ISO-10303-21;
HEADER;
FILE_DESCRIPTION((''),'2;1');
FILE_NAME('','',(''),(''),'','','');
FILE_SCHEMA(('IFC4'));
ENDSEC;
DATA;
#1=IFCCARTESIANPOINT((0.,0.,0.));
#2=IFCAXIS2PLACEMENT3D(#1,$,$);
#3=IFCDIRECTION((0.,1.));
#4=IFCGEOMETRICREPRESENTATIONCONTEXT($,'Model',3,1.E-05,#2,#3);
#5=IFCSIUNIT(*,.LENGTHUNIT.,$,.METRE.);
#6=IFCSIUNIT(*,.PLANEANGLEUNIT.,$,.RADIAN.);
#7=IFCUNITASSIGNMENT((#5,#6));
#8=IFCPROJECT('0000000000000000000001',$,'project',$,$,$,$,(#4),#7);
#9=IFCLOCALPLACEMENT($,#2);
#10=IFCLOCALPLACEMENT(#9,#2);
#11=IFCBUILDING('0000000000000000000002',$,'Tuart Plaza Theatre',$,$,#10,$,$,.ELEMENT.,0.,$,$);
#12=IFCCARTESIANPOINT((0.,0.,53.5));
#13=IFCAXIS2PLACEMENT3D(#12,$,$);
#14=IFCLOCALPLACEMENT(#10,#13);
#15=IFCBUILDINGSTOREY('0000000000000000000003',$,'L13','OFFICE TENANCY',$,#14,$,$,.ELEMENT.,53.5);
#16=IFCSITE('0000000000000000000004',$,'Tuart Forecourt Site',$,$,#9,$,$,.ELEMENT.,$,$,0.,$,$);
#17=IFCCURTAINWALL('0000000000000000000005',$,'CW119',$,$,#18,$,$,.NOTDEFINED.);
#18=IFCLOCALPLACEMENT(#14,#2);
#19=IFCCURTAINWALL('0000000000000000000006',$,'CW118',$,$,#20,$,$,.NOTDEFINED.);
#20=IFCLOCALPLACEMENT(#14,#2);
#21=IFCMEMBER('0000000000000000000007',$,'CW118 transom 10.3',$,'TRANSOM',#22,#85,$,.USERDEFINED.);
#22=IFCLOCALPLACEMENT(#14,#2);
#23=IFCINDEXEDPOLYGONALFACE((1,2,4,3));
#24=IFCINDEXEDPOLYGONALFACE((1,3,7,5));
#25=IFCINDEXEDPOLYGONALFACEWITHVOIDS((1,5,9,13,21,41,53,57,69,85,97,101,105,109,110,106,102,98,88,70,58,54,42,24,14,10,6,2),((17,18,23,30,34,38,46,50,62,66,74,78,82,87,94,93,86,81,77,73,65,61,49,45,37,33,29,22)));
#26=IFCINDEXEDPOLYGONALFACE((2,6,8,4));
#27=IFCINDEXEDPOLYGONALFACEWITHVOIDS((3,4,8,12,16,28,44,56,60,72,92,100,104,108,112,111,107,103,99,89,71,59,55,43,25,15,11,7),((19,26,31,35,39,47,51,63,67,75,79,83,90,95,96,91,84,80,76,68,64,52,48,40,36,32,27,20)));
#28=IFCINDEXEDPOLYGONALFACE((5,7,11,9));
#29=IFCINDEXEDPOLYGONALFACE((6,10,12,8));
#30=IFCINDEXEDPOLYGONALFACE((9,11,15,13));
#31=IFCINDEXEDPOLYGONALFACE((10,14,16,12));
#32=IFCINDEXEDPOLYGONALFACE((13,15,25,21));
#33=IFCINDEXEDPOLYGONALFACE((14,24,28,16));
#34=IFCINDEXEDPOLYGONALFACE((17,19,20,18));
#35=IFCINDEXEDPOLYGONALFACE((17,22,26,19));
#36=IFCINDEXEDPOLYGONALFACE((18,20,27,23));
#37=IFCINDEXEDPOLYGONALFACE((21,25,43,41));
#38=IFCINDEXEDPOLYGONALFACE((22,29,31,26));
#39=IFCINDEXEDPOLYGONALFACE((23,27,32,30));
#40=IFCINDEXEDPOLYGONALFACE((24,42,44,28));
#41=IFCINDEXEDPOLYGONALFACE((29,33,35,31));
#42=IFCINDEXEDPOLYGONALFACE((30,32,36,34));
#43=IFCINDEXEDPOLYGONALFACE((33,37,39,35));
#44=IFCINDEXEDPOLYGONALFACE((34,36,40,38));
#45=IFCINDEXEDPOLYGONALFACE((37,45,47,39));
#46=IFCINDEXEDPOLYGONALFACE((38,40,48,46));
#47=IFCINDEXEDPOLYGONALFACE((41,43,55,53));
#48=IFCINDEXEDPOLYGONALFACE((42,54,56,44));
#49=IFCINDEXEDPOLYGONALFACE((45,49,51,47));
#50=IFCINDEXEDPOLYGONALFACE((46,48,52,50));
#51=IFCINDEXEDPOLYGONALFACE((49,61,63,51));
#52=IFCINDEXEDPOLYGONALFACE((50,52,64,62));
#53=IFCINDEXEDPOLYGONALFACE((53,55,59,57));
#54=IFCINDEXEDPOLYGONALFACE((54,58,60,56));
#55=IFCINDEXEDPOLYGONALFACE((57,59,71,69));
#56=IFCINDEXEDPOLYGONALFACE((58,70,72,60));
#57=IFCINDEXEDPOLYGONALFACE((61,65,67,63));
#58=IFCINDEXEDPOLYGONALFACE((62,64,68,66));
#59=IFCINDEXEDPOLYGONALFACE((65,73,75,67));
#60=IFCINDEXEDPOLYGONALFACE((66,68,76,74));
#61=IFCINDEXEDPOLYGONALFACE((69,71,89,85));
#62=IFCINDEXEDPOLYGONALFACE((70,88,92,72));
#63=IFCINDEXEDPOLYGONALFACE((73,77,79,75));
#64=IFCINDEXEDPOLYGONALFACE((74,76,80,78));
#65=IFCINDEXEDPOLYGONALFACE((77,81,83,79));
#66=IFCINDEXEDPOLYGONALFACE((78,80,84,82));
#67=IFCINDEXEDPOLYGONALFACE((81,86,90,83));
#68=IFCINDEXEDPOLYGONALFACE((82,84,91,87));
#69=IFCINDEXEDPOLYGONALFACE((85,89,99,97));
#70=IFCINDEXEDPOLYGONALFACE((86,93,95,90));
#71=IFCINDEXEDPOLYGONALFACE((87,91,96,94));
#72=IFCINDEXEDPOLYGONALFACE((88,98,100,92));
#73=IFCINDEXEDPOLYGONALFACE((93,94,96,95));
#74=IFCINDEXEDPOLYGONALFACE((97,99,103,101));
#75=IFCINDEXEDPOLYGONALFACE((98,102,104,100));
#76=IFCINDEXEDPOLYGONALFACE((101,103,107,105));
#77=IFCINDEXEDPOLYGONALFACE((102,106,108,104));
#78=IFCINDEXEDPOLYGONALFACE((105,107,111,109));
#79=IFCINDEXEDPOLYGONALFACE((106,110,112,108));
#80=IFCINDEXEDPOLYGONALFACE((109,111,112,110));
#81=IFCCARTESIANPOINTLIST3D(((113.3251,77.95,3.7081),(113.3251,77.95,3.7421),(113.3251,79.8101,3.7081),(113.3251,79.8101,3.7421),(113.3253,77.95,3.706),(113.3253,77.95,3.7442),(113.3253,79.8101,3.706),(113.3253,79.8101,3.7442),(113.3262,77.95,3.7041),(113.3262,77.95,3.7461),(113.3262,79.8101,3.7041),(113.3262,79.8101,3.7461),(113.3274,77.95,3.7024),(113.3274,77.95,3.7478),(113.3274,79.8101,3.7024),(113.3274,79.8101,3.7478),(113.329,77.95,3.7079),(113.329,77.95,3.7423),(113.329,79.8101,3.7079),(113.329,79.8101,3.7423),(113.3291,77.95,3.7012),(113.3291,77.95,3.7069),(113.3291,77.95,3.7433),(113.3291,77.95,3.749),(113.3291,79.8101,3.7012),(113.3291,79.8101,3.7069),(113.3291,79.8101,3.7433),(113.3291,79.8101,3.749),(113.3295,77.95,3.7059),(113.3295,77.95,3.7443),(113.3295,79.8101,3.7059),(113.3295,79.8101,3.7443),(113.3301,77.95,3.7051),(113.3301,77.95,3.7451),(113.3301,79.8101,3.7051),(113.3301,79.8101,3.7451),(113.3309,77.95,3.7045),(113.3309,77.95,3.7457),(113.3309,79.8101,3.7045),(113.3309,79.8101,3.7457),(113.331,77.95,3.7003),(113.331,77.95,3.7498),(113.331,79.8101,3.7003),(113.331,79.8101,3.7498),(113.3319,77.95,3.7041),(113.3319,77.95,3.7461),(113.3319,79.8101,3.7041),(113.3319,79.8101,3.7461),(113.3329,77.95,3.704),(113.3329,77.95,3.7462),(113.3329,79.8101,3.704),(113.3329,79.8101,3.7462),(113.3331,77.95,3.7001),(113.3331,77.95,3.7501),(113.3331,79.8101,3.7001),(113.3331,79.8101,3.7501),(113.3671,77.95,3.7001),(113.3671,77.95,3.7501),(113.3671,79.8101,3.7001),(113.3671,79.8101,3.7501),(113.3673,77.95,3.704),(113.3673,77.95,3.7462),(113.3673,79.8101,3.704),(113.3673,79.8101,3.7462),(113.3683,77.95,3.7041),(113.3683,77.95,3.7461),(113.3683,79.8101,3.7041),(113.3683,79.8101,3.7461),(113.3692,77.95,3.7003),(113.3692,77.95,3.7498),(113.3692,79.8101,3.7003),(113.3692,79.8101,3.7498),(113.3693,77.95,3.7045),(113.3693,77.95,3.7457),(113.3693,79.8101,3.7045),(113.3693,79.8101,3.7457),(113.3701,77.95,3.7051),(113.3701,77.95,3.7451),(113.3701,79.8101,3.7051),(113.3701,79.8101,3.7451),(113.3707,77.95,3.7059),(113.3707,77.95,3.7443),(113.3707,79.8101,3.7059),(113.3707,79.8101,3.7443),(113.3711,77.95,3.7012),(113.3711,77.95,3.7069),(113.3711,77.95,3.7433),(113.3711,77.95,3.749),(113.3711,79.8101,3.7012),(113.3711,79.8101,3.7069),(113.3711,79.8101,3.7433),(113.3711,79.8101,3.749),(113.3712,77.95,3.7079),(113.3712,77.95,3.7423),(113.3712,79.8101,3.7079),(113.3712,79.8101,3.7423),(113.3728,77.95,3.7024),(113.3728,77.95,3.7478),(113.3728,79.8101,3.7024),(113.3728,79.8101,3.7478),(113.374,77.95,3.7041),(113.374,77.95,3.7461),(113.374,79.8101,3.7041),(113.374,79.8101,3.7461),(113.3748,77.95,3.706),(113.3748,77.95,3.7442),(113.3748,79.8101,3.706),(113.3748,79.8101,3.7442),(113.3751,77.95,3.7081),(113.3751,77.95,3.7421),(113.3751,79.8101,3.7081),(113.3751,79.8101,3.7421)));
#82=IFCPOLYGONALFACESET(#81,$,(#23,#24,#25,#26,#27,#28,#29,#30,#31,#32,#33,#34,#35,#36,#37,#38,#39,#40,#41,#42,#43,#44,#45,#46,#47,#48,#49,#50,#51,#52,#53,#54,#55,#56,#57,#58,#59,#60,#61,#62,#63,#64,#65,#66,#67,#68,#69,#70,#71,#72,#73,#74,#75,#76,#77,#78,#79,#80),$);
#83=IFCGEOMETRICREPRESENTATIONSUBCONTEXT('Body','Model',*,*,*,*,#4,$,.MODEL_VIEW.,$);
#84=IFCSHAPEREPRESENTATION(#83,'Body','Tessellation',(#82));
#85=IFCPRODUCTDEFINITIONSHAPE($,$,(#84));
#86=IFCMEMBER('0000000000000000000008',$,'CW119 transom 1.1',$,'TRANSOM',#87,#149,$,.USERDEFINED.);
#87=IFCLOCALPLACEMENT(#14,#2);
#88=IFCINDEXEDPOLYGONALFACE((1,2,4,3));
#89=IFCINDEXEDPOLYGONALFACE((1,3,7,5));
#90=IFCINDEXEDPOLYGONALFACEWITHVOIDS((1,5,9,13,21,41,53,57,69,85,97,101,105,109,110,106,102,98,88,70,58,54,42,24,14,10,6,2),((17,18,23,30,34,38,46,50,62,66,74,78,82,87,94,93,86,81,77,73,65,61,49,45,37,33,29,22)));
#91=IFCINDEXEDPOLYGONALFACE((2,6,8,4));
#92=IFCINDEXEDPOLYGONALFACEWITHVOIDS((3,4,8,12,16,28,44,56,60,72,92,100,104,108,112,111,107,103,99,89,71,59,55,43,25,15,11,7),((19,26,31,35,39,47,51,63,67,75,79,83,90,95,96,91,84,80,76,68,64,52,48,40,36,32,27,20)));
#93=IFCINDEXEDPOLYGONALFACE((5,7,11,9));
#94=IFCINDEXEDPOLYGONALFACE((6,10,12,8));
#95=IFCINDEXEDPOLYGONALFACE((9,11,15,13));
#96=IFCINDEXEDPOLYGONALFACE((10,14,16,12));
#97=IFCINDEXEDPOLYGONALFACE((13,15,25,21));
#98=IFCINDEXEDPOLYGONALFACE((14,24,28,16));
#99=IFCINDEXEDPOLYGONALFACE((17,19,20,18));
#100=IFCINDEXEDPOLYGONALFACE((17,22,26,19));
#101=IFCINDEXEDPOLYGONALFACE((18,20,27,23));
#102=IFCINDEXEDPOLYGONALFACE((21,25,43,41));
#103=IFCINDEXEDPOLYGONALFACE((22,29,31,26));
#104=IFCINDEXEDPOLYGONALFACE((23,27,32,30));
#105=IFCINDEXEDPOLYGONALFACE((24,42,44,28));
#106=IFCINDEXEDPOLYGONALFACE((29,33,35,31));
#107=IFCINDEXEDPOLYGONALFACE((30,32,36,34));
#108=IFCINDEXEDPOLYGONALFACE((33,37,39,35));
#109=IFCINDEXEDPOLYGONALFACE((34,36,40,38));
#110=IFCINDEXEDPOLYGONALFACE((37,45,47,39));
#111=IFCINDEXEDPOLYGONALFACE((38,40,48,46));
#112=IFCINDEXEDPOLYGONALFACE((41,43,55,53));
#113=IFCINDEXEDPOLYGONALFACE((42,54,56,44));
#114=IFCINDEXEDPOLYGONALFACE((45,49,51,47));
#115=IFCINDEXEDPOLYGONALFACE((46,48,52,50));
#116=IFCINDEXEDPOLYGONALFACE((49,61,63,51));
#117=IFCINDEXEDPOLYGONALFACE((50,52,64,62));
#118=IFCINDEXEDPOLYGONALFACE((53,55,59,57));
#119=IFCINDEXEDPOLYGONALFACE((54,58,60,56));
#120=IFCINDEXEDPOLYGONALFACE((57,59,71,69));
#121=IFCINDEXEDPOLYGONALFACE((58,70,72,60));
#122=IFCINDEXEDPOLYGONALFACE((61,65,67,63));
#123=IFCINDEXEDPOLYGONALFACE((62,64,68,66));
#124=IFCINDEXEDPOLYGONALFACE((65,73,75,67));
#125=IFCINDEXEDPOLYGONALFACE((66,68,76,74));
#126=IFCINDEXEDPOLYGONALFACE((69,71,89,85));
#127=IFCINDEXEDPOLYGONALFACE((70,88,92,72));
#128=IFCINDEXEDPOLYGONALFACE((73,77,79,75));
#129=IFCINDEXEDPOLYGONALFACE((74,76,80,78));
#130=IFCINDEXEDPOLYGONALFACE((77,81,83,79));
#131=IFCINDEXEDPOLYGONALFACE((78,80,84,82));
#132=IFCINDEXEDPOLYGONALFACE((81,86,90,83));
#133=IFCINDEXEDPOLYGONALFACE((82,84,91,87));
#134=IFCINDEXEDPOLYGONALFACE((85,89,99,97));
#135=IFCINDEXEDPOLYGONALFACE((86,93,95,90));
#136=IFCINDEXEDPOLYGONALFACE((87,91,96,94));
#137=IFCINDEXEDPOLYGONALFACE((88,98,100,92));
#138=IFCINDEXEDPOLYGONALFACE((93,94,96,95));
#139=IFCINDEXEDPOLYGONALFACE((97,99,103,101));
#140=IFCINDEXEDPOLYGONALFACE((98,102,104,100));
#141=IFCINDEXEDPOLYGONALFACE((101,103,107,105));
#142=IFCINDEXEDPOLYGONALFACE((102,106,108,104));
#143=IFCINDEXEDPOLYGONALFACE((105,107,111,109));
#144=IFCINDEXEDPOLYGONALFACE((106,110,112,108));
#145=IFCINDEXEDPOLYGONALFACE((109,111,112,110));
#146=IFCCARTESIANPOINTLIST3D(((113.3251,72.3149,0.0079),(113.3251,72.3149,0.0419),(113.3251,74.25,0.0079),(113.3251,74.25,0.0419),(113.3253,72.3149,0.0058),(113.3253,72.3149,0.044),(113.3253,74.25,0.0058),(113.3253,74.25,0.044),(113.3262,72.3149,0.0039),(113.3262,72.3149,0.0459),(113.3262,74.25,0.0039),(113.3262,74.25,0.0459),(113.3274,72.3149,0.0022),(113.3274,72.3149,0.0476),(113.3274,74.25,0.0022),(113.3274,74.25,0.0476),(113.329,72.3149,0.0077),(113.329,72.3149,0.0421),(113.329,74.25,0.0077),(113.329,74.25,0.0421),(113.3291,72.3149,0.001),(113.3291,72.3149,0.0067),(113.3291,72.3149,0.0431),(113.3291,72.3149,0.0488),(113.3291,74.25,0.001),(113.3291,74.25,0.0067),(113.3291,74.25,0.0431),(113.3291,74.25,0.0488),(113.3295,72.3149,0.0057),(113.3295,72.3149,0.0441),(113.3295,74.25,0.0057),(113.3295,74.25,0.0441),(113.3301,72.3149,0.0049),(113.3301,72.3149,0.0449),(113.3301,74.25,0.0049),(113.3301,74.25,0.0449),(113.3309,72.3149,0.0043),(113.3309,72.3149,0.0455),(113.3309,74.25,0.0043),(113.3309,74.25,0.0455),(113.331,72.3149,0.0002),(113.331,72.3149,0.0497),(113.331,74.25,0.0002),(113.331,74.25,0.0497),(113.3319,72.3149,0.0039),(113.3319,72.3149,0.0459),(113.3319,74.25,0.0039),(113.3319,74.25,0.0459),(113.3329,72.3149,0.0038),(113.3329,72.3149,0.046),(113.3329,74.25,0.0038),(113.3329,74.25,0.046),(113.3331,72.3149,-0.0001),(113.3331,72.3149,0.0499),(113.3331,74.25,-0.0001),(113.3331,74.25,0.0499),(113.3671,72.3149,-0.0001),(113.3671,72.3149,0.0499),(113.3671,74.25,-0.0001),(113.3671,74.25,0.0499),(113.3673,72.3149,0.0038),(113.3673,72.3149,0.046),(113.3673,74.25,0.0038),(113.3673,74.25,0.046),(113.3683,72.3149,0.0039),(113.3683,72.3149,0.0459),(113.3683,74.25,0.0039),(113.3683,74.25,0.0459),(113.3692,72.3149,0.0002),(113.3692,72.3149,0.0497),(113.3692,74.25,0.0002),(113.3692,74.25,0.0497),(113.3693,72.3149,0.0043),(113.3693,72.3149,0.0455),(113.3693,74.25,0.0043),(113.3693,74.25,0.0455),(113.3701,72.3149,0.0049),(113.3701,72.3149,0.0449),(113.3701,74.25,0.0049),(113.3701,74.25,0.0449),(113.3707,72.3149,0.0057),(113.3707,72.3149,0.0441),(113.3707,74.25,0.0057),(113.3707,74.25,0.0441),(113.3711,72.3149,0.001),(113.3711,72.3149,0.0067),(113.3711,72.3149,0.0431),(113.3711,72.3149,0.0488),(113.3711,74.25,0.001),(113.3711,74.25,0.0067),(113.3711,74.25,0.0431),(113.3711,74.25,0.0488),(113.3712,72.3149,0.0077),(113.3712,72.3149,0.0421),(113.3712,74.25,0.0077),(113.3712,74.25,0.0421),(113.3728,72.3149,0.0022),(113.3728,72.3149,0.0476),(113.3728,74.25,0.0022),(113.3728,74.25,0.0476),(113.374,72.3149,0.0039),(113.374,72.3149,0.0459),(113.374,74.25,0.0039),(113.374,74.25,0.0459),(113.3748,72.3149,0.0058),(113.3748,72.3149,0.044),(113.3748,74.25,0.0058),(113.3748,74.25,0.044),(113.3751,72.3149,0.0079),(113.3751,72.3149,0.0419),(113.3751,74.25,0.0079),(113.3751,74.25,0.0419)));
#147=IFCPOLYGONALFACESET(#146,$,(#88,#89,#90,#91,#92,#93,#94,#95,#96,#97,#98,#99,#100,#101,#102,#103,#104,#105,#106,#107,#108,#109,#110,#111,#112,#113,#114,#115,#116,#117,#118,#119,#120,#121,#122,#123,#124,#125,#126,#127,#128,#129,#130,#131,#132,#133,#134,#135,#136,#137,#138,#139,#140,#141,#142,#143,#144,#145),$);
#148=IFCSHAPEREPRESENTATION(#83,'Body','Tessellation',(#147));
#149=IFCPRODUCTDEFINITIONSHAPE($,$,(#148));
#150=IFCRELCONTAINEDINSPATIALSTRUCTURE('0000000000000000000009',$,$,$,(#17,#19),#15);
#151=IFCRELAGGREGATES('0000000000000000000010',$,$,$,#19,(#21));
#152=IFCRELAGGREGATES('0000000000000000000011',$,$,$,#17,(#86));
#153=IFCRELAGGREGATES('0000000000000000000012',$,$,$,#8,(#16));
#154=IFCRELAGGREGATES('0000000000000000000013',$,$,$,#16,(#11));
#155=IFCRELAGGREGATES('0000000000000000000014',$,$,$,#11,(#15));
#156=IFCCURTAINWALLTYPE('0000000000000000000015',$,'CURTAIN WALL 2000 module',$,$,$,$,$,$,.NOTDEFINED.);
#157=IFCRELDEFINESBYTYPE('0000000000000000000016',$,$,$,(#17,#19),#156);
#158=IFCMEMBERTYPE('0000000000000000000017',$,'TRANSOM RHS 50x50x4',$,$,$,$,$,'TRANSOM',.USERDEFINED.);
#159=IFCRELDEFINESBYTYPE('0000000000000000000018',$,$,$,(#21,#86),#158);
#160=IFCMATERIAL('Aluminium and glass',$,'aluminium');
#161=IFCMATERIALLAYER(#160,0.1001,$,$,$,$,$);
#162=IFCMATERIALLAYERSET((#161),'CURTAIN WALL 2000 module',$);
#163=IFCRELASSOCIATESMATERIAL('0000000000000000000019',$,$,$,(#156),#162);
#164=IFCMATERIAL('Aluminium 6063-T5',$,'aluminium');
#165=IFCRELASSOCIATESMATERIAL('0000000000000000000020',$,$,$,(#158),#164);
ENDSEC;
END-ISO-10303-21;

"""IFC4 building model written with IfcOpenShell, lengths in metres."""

from ifc_helpers import new_model, si_unit, direction, frame, origin, origin_2d, place, context, subcontext, project, spatial, hollow_rectangle, extrude, material, layer, layer_set, material_profile, profile_set, type_object, element, aggregate, save


model = new_model("IFC4")

# Units and contexts
model_context = context("Model", 3, precision=1e-05, world=origin(), true_north=direction((0.0, 1.0)))
body_context = subcontext(model_context, "Body", "Model", "MODEL_VIEW")
ifc_project = project(units=[si_unit("LENGTHUNIT", "METRE"), si_unit("PLANEANGLEUNIT", "RADIAN")], contexts=[model_context])

# Site, building, storey
site_placement = place(None, origin())
site = spatial("IfcSite", under=ifc_project, at=site_placement, Name="Tuart Forecourt Site", CompositionType="ELEMENT", RefElevation=0.0)
building_placement = place(site_placement, origin())
building = spatial("IfcBuilding", under=site, at=building_placement, Name="Tuart Plaza Theatre", CompositionType="ELEMENT", ElevationOfRefHeight=0.0)
storey_placement = place(building_placement, frame((0.0, 0.0, 53.5)))
storey = spatial("IfcBuildingStorey", under=building, at=storey_placement, Name="L13", Description="OFFICE TENANCY", CompositionType="ELEMENT", Elevation=53.5)

# Curtain walls, member
ifc_material_1 = material(Name="Aluminium and glass", Category="aluminium")
ifc_layer_1 = layer(ifc_material_1, 0.1001)
ifc_layer_set_1 = layer_set([ifc_layer_1], Name="CURTAIN WALL 2000 module")
curtain_wall_type = type_object("IfcCurtainWallType", Name="CURTAIN WALL 2000 module", PredefinedType="NOTDEFINED", material=ifc_layer_set_1)
curtain_wall_1_placement = place(storey_placement, origin())
curtain_wall_1 = element("IfcCurtainWall", 1, at=curtain_wall_1_placement, inside=storey, type_object=curtain_wall_type, Name="CW119", PredefinedType="NOTDEFINED")
curtain_wall_2_placement = place(storey_placement, origin())
curtain_wall_2 = element("IfcCurtainWall", 2, at=curtain_wall_2_placement, inside=storey, type_object=curtain_wall_type, Name="CW118", PredefinedType="NOTDEFINED")
ifc_material_2 = material(Name="Aluminium 6063-T5", Category="aluminium")
ifc_material_profile_1 = material_profile(ifc_material_2, hollow_rectangle(XDim=0.05, YDim=0.05, WallThickness=0.0039, InnerFilletRadius=0.0039, OuterFilletRadius=0.0081, at=origin_2d()), Name="RHS 50x50x4")
ifc_profile_set_1 = profile_set([ifc_material_profile_1], Name="Aluminium 6063-T5")
member_type_1 = type_object("IfcMemberType", Name="TRANSOM RHS 50x50x4", ElementType="TRANSOM", PredefinedType="USERDEFINED", material=ifc_profile_set_1)
member_1_placement = place(storey_placement, frame((113.3501, 79.8101, 3.7251), z_axis=(0.0, -1.0, 0.0), x_axis=(1.0, 0.0, 0.0)))
member_1 = element("IfcMember", 3, at=member_1_placement, type_object=member_type_1, Name="CW118 transom 10.3", ObjectType="TRANSOM", PredefinedType="USERDEFINED", context=body_context, shape_type="SweptSolid", body=[
    extrude(hollow_rectangle(XDim=0.05, YDim=0.05, WallThickness=0.0039, InnerFilletRadius=0.0039, OuterFilletRadius=0.0081, at=origin_2d()), origin(), (0.0, 0.0, 1.0), 1.8601),
])

# Member
member_2_placement = place(storey_placement, frame((113.3501, 74.25, 0.0249), z_axis=(0.0, -1.0, 0.0), x_axis=(1.0, 0.0, 0.0)))
member_2 = element("IfcMember", 4, at=member_2_placement, type_object=member_type_1, Name="CW119 transom 1.1", ObjectType="TRANSOM", PredefinedType="USERDEFINED", context=body_context, shape_type="SweptSolid", body=[
    extrude(hollow_rectangle(XDim=0.05, YDim=0.05, WallThickness=0.0039, InnerFilletRadius=0.0039, OuterFilletRadius=0.0081, at=origin_2d()), origin(), (0.0, 0.0, 1.0), 1.9351),
])

aggregate(curtain_wall_2, [member_1])
aggregate(curtain_wall_1, [member_2])

save(model, "model.ifc")
